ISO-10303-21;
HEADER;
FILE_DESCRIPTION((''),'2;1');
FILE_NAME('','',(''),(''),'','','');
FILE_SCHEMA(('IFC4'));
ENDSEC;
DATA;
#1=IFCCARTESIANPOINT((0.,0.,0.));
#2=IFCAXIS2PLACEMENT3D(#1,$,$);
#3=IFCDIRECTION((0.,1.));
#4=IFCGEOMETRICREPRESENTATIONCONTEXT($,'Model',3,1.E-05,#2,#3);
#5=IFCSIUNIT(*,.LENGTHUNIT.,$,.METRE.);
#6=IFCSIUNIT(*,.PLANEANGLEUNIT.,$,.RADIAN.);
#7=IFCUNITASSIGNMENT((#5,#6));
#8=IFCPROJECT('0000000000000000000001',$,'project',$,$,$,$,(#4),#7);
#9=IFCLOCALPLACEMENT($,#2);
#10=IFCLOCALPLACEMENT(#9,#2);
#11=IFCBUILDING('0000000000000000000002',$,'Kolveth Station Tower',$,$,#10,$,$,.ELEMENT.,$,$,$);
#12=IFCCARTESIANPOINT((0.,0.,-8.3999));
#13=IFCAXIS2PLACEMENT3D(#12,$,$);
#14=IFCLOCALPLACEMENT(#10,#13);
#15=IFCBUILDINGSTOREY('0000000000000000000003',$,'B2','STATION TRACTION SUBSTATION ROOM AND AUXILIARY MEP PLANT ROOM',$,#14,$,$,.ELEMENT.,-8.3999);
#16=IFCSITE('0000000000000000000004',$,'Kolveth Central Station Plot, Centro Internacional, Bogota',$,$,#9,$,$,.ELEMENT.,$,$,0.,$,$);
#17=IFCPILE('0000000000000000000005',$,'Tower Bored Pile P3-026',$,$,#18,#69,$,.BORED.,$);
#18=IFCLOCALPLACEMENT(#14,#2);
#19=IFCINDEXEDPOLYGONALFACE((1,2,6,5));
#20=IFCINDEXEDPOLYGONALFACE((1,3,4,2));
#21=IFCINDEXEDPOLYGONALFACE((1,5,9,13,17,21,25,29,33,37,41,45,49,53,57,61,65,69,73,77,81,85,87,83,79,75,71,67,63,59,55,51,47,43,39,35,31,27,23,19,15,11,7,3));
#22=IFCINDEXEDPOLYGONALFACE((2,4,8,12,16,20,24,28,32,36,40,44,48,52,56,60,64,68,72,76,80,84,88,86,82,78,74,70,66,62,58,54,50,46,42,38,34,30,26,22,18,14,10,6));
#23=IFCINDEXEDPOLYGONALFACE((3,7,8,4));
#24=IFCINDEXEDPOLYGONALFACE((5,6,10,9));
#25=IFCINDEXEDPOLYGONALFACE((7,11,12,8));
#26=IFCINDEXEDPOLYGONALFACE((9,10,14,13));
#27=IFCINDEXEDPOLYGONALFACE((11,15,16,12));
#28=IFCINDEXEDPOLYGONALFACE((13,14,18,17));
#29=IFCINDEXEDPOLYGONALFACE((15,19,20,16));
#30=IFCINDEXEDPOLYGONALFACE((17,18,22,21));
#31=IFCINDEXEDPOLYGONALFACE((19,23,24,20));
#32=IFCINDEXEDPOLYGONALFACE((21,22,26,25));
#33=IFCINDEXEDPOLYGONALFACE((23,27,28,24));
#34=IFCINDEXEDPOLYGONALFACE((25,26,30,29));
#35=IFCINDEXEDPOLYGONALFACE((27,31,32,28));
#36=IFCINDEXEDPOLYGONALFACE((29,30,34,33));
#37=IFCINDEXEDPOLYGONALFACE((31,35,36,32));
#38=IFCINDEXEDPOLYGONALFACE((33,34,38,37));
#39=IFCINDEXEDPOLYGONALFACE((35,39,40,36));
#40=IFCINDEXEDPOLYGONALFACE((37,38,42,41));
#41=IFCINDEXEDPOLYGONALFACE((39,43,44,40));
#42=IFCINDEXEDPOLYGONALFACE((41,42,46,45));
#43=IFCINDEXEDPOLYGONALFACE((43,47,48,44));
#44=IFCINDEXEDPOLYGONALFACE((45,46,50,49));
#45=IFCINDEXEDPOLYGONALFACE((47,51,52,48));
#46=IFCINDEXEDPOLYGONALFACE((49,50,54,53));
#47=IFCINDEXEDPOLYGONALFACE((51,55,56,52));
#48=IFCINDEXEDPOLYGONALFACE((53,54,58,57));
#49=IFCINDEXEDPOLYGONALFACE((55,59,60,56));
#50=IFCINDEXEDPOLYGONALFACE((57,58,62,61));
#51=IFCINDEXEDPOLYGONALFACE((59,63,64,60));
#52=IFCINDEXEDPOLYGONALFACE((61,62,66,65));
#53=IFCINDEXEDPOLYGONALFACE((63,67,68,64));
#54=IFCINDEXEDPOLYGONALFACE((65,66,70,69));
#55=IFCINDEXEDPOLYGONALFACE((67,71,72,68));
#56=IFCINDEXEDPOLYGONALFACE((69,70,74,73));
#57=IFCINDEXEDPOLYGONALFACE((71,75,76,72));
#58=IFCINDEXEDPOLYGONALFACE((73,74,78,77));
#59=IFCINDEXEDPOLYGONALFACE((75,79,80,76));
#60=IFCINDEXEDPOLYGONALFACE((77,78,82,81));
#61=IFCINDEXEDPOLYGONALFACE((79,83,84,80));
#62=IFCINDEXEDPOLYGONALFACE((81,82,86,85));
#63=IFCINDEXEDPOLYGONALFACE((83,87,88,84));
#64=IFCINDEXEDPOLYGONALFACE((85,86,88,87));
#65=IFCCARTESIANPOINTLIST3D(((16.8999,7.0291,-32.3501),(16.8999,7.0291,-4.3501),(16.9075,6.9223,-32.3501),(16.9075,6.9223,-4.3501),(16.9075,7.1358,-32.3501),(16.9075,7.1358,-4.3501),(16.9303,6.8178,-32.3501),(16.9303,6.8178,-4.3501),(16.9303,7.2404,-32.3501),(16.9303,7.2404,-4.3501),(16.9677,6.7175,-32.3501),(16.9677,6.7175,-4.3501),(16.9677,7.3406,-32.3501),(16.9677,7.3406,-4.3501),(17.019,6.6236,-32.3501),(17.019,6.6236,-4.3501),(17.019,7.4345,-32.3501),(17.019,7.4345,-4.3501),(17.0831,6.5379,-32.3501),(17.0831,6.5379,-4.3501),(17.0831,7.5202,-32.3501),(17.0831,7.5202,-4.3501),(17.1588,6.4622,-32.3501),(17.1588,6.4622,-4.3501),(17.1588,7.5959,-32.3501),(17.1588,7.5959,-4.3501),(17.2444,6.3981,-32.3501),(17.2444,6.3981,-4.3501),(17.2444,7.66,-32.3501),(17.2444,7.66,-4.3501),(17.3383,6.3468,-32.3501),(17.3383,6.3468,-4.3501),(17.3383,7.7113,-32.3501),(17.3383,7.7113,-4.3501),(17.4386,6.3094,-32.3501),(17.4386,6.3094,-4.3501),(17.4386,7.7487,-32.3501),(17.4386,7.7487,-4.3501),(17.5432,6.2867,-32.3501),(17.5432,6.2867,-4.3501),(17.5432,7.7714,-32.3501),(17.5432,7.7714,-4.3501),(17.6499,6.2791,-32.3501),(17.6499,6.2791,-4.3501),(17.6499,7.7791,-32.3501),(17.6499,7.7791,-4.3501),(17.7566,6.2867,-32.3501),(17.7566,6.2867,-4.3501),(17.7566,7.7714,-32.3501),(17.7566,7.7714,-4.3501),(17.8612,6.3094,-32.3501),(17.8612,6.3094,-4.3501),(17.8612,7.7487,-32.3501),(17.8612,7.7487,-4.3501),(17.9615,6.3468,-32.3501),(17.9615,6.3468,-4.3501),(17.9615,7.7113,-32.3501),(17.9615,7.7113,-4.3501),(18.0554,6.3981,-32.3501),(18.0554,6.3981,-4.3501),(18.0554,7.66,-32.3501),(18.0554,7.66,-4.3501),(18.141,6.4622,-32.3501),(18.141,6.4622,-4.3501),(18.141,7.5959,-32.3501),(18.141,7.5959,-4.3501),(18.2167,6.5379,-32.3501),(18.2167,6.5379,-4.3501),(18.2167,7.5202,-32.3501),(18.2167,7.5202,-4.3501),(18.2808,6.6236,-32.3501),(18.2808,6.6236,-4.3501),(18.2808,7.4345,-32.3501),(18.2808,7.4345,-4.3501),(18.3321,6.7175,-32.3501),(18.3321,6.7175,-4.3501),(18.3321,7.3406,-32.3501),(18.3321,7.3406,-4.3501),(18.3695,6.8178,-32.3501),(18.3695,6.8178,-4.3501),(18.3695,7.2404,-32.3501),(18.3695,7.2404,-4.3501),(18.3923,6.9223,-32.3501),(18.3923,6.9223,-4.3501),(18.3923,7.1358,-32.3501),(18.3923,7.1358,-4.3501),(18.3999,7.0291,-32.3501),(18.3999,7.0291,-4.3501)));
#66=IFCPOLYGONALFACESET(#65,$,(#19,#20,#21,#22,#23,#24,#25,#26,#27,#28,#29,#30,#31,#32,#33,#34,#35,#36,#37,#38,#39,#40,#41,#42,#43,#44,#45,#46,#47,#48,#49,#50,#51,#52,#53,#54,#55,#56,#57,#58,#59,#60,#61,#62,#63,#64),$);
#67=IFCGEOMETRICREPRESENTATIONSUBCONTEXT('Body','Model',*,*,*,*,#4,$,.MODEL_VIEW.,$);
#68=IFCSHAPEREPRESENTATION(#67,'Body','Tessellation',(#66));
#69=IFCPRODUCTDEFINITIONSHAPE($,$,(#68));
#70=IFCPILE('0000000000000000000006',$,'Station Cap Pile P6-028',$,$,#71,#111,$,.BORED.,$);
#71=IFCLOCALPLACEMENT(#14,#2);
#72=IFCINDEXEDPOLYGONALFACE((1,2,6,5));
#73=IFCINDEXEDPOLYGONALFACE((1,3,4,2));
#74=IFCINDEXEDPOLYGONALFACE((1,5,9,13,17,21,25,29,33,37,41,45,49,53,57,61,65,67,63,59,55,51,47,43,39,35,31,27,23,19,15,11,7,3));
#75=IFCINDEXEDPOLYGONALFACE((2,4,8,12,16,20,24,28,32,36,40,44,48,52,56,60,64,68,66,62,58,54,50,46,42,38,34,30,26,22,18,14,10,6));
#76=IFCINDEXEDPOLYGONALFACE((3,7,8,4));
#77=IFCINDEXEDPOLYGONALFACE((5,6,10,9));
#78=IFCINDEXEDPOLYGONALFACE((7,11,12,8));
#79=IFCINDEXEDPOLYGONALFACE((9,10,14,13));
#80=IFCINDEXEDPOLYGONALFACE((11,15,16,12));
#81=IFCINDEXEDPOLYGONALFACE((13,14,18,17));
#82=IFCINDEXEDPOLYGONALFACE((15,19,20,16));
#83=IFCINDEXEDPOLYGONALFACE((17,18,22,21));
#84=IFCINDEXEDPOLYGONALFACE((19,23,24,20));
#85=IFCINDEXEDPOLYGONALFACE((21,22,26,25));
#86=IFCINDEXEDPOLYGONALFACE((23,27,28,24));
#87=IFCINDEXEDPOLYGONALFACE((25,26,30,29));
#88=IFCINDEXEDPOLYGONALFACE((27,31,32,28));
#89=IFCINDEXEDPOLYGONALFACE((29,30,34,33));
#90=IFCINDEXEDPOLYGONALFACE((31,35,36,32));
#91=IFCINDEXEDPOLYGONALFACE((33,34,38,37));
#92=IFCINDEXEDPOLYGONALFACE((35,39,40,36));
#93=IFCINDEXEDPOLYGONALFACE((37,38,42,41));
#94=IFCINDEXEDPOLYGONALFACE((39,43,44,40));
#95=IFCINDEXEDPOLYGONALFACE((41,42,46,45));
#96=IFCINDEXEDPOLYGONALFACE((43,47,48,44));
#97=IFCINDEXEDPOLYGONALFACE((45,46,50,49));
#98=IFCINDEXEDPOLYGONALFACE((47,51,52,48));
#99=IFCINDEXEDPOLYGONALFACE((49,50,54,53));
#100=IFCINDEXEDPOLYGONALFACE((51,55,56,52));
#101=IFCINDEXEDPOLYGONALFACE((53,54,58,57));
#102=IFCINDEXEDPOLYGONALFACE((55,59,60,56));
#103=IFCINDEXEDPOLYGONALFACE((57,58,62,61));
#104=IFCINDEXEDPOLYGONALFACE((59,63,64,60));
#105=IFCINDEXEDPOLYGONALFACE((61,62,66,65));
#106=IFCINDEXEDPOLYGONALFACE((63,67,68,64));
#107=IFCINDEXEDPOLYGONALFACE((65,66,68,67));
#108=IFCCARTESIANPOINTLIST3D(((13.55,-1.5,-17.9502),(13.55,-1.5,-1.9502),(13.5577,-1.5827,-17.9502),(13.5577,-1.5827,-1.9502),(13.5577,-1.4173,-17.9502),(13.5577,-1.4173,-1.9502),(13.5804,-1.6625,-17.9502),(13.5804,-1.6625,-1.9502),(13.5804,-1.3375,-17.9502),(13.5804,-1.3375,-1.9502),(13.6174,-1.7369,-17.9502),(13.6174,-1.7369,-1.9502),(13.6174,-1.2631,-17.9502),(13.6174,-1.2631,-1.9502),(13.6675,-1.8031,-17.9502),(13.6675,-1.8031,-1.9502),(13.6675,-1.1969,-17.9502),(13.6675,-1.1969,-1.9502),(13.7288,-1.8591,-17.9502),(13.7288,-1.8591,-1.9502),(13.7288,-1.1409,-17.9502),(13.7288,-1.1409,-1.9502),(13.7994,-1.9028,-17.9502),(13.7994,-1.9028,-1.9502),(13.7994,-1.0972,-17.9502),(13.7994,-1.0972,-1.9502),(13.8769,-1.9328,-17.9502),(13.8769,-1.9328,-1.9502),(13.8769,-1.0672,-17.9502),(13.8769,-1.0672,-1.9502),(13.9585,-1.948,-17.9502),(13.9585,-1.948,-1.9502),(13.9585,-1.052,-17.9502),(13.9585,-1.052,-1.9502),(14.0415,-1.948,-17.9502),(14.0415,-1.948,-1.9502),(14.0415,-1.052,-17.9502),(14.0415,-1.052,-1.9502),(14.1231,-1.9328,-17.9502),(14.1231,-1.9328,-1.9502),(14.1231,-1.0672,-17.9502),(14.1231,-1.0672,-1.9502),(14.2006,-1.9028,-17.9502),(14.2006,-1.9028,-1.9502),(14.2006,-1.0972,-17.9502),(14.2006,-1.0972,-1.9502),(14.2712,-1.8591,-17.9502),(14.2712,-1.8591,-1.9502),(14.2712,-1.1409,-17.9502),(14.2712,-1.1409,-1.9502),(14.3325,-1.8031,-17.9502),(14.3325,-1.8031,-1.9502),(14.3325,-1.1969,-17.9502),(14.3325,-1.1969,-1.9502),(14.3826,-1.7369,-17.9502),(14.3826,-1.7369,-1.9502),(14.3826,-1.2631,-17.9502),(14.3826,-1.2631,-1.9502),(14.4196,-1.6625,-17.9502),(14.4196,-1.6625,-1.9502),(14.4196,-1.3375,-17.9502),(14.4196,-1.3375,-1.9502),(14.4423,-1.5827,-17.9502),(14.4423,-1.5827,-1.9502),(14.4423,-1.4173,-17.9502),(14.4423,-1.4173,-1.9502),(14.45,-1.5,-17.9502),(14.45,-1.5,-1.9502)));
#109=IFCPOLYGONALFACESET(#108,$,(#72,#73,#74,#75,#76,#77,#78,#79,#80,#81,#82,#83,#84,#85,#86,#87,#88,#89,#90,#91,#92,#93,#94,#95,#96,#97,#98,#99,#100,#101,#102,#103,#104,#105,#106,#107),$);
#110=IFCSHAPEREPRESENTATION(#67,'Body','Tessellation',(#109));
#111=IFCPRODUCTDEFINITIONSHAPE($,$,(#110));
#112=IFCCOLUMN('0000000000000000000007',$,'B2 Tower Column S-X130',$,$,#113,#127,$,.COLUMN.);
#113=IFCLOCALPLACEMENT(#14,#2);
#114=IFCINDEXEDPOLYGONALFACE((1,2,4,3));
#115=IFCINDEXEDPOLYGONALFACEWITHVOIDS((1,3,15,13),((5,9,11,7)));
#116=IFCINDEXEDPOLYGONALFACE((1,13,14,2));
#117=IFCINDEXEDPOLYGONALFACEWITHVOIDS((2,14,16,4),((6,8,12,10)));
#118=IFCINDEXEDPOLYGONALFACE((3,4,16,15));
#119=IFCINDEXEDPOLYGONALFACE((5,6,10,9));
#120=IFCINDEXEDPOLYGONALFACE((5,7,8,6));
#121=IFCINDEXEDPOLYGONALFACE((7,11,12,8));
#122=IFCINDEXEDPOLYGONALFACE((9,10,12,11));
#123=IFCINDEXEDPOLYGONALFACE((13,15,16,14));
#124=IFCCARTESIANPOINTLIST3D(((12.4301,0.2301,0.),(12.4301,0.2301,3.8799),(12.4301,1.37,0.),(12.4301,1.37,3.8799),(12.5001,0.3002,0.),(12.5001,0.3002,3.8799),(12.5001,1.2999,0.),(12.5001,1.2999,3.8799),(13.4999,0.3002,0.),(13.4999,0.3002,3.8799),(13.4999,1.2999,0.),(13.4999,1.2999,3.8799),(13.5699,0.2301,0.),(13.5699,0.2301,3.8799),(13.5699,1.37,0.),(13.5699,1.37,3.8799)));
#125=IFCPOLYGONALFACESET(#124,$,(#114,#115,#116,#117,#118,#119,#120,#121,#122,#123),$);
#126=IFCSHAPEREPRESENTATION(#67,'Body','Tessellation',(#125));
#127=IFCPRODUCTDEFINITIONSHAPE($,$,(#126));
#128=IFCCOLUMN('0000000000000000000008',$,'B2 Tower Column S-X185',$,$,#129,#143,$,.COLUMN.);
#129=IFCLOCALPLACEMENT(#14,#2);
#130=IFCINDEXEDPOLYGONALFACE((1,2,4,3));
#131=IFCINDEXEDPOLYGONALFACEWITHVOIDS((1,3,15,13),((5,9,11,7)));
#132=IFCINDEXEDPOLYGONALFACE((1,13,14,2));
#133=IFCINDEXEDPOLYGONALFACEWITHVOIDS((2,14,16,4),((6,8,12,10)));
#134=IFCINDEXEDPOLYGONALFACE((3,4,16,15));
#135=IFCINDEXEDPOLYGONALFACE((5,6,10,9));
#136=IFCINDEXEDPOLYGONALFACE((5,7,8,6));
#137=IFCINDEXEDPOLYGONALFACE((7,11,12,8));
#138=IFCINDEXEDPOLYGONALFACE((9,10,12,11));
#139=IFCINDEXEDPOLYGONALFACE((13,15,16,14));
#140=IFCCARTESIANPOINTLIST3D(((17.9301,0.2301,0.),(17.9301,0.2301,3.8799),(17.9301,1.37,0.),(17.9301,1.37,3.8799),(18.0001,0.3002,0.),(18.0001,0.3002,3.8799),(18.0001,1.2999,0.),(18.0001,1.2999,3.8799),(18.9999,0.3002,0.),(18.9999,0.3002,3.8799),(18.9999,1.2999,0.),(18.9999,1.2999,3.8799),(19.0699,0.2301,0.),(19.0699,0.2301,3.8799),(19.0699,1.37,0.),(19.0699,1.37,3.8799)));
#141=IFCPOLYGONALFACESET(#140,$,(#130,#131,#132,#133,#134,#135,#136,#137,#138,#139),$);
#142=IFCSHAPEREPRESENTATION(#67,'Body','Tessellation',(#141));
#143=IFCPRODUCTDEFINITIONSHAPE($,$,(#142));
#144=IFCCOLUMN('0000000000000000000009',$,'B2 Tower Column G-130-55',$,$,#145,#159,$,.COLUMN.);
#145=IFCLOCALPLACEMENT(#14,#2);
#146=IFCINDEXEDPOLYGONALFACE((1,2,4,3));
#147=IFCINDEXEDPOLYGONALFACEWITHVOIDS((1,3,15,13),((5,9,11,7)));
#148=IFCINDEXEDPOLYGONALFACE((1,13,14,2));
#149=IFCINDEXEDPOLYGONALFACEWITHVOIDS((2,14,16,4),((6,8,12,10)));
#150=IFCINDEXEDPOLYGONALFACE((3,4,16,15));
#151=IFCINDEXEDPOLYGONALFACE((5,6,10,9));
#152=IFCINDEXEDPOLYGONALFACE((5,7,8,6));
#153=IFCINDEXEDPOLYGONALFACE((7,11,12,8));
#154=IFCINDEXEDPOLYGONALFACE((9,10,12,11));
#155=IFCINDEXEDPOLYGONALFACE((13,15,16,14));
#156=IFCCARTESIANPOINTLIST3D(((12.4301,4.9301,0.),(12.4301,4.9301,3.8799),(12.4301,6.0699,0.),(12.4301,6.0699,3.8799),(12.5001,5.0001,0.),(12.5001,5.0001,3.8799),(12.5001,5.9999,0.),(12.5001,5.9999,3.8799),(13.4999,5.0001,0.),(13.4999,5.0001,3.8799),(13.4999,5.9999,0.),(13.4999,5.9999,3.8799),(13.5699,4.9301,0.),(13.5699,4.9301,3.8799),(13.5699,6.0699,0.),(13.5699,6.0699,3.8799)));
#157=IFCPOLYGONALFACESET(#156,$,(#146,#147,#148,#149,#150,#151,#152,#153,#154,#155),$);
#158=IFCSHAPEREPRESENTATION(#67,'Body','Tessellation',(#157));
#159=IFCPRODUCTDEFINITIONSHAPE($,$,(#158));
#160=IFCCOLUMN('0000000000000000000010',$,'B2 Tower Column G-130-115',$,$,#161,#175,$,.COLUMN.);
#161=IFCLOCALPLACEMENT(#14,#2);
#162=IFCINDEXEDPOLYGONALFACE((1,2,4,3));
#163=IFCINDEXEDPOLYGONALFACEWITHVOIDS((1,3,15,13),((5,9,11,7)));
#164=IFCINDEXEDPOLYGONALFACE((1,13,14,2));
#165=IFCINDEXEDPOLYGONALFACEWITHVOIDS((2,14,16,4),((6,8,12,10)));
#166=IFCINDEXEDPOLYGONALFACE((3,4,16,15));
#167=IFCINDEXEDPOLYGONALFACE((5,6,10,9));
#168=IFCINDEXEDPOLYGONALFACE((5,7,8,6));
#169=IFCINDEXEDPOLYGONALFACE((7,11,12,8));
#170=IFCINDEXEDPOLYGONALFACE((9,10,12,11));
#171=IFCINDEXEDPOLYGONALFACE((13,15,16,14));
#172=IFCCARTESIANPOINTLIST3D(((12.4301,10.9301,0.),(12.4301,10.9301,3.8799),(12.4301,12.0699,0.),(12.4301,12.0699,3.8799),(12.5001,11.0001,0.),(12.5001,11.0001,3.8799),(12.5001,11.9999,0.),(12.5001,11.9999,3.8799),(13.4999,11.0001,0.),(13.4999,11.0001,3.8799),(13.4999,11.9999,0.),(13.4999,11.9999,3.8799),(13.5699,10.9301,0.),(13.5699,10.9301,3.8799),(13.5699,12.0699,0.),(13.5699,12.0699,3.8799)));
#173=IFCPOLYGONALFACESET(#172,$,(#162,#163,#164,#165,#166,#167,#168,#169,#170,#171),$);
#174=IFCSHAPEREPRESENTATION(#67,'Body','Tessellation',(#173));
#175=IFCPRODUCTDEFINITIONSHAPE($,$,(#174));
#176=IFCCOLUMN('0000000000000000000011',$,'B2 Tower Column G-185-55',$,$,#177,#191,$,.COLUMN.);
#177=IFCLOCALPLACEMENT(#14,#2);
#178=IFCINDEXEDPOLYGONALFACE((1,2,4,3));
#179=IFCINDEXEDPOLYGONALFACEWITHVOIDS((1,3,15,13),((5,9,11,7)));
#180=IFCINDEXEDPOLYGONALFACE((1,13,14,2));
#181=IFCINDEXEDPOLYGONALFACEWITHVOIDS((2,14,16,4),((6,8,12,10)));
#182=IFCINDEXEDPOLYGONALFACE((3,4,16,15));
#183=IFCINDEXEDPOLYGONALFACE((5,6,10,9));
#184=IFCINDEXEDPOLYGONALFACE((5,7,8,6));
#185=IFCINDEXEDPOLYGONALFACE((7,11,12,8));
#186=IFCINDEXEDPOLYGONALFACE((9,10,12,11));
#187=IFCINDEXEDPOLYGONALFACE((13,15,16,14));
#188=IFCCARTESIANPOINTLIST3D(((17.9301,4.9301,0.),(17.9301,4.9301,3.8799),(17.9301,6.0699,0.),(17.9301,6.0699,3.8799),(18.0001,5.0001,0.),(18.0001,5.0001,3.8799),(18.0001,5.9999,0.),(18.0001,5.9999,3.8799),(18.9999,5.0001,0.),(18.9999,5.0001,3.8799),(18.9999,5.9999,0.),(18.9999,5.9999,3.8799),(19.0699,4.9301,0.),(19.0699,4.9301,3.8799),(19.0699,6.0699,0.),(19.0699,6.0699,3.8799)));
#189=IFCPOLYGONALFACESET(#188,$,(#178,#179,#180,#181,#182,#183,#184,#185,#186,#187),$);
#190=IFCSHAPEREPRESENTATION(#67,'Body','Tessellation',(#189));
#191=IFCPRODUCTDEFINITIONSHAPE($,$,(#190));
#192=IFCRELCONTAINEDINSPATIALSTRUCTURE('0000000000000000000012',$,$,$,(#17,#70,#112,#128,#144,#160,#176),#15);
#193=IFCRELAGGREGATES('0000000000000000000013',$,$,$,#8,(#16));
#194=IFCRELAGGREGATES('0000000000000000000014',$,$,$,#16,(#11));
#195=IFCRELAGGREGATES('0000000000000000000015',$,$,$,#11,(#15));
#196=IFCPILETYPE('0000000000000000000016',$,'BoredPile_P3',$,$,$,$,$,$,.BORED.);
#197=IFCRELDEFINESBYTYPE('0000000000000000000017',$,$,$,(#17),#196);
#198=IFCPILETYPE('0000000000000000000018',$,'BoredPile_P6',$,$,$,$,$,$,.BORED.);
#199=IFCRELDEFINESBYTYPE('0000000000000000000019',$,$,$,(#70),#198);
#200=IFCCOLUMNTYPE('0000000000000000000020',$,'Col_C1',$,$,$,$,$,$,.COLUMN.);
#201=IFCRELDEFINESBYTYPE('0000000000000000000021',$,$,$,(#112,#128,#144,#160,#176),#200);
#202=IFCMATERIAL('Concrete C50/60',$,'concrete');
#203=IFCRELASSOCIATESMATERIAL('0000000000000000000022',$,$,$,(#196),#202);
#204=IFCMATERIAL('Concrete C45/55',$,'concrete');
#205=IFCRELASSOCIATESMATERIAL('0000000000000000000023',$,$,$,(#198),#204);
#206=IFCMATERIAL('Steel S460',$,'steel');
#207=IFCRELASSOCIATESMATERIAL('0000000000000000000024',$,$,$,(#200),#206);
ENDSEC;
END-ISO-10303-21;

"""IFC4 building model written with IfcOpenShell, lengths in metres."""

from ifc_helpers import new_model, si_unit, direction, frame, origin, origin_2d, place, context, subcontext, project, spatial, hollow_rectangle, circle, extrude, source, transform, mapped, material, material_profile, profile_set, type_object, element, save


model = new_model("IFC4")

# Units and contexts
model_context = context("Model", 3, precision=1e-05, world=origin(), true_north=direction((0.0, 1.0)))
body_context = subcontext(model_context, "Body", "Model", "MODEL_VIEW")
ifc_project = project(units=[si_unit("LENGTHUNIT", "METRE"), si_unit("PLANEANGLEUNIT", "RADIAN")], contexts=[model_context])

# Site, building, storey
site_placement = place(None, origin())
site = spatial("IfcSite", under=ifc_project, at=site_placement, Name="Kolveth Central Station Plot, Centro Internacional, Bogota", CompositionType="ELEMENT", RefElevation=0.0)
building_placement = place(site_placement, origin())
building = spatial("IfcBuilding", under=site, at=building_placement, Name="Kolveth Station Tower", CompositionType="ELEMENT")
storey_placement = place(building_placement, frame((0.0, 0.0, -8.3999)))
storey = spatial("IfcBuildingStorey", under=building, at=storey_placement, Name="B2", Description="STATION TRACTION SUBSTATION ROOM AND AUXILIARY MEP PLANT ROOM", CompositionType="ELEMENT", Elevation=-8.3999)

# Piles
ifc_material_1 = material(Name="Concrete C50/60", Category="concrete")
ifc_material_profile_1 = material_profile(ifc_material_1, circle(Radius=0.75, at=origin_2d()), Name="PILE-D1500")
ifc_profile_set_1 = profile_set([ifc_material_profile_1], Name="Concrete C50/60")
pile_type_1 = type_object("IfcPileType", Name="BoredPile_P3", PredefinedType="BORED", material=ifc_profile_set_1)
shared_shape_1 = source(origin(), body_context, "Body", "SweptSolid", [
    extrude(circle(Radius=0.75, at=origin_2d()), origin(), (0.0, 0.0, 1.0), 28.0),
])
for number, where, z_axis, x_axis, name in (
    (1, (17.6499, 7.0291, -4.3501), (0.0, 0.0, -1.0), (1.0, 0.0, 0.0), "Tower Bored Pile P3-026"),
):
    element("IfcPile", number, at=place(storey_placement, frame(where, z_axis=z_axis, x_axis=x_axis)), inside=storey, type_object=pile_type_1, Name=name, PredefinedType="BORED", context=body_context, shape_type="MappedRepresentation", body=[
        mapped(shared_shape_1, transform((0.0, 0.0, 0.0), x_axis=(1.0, 0.0, 0.0), y_axis=(0.0, 1.0, 0.0), z_axis=(0.0, 0.0, 1.0), scale=1.0)),
    ])
ifc_material_2 = material(Name="Concrete C45/55", Category="concrete")
ifc_material_profile_2 = material_profile(ifc_material_2, circle(Radius=0.45, at=origin_2d()), Name="PILE-D900")
ifc_profile_set_2 = profile_set([ifc_material_profile_2], Name="Concrete C45/55")
pile_type_2 = type_object("IfcPileType", Name="BoredPile_P6", PredefinedType="BORED", material=ifc_profile_set_2)
shared_shape_2 = source(origin(), body_context, "Body", "SweptSolid", [
    extrude(circle(Radius=0.45, at=origin_2d()), origin(), (0.0, 0.0, 1.0), 16.0),
])
pile_placement = place(storey_placement, frame((14.0, -1.5, -1.9502), z_axis=(0.0, 0.0, -1.0), x_axis=(1.0, 0.0, 0.0)))
element("IfcPile", 2, at=pile_placement, inside=storey, type_object=pile_type_2, Name="Station Cap Pile P6-028", PredefinedType="BORED", context=body_context, shape_type="MappedRepresentation", body=[
    mapped(shared_shape_2, transform((0.0, 0.0, 0.0), x_axis=(1.0, 0.0, 0.0), y_axis=(0.0, 1.0, 0.0), z_axis=(0.0, 0.0, 1.0), scale=1.0)),
])

# Columns
ifc_material_3 = material(Name="Steel S460", Category="steel")
ifc_material_profile_3 = material_profile(ifc_material_3, hollow_rectangle(XDim=1.1399, YDim=1.1399, WallThickness=0.0701, at=origin_2d()), Name="BOX1140x1140x70")
ifc_profile_set_3 = profile_set([ifc_material_profile_3], Name="Steel S460")
column_type = type_object("IfcColumnType", Name="Col_C1", PredefinedType="COLUMN", material=ifc_profile_set_3)
shared_shape_3 = source(origin(), body_context, "Body", "SweptSolid", [
    extrude(hollow_rectangle(XDim=1.1399, YDim=1.1399, WallThickness=0.0701, at=origin_2d()), origin(), (0.0, 0.0, 1.0), 3.8799),
])
for number, where, z_axis, x_axis, name in (
    (3, (13.0, 0.8, 0.0), (0.0, 0.0, 1.0), (1.0, 0.0, 0.0), "B2 Tower Column S-X130"),
    (4, (18.5, 0.8, 0.0), (0.0, 0.0, 1.0), (1.0, 0.0, 0.0), "B2 Tower Column S-X185"),
    (5, (13.0, 5.5, 0.0), (0.0, 0.0, 1.0), (1.0, 0.0, 0.0), "B2 Tower Column G-130-55"),
    (6, (13.0, 11.5, 0.0), (0.0, 0.0, 1.0), (1.0, 0.0, 0.0), "B2 Tower Column G-130-115"),
    (7, (18.5, 5.5, 0.0), (0.0, 0.0, 1.0), (1.0, 0.0, 0.0), "B2 Tower Column G-185-55"),
):
    element("IfcColumn", number, at=place(storey_placement, frame(where, z_axis=z_axis, x_axis=x_axis)), inside=storey, type_object=column_type, Name=name, PredefinedType="COLUMN", context=body_context, shape_type="MappedRepresentation", body=[
        mapped(shared_shape_3, transform((0.0, 0.0, 0.0), x_axis=(1.0, 0.0, 0.0), y_axis=(0.0, 1.0, 0.0), z_axis=(0.0, 0.0, 1.0), scale=1.0)),
    ])

save(model, "model.ifc")
